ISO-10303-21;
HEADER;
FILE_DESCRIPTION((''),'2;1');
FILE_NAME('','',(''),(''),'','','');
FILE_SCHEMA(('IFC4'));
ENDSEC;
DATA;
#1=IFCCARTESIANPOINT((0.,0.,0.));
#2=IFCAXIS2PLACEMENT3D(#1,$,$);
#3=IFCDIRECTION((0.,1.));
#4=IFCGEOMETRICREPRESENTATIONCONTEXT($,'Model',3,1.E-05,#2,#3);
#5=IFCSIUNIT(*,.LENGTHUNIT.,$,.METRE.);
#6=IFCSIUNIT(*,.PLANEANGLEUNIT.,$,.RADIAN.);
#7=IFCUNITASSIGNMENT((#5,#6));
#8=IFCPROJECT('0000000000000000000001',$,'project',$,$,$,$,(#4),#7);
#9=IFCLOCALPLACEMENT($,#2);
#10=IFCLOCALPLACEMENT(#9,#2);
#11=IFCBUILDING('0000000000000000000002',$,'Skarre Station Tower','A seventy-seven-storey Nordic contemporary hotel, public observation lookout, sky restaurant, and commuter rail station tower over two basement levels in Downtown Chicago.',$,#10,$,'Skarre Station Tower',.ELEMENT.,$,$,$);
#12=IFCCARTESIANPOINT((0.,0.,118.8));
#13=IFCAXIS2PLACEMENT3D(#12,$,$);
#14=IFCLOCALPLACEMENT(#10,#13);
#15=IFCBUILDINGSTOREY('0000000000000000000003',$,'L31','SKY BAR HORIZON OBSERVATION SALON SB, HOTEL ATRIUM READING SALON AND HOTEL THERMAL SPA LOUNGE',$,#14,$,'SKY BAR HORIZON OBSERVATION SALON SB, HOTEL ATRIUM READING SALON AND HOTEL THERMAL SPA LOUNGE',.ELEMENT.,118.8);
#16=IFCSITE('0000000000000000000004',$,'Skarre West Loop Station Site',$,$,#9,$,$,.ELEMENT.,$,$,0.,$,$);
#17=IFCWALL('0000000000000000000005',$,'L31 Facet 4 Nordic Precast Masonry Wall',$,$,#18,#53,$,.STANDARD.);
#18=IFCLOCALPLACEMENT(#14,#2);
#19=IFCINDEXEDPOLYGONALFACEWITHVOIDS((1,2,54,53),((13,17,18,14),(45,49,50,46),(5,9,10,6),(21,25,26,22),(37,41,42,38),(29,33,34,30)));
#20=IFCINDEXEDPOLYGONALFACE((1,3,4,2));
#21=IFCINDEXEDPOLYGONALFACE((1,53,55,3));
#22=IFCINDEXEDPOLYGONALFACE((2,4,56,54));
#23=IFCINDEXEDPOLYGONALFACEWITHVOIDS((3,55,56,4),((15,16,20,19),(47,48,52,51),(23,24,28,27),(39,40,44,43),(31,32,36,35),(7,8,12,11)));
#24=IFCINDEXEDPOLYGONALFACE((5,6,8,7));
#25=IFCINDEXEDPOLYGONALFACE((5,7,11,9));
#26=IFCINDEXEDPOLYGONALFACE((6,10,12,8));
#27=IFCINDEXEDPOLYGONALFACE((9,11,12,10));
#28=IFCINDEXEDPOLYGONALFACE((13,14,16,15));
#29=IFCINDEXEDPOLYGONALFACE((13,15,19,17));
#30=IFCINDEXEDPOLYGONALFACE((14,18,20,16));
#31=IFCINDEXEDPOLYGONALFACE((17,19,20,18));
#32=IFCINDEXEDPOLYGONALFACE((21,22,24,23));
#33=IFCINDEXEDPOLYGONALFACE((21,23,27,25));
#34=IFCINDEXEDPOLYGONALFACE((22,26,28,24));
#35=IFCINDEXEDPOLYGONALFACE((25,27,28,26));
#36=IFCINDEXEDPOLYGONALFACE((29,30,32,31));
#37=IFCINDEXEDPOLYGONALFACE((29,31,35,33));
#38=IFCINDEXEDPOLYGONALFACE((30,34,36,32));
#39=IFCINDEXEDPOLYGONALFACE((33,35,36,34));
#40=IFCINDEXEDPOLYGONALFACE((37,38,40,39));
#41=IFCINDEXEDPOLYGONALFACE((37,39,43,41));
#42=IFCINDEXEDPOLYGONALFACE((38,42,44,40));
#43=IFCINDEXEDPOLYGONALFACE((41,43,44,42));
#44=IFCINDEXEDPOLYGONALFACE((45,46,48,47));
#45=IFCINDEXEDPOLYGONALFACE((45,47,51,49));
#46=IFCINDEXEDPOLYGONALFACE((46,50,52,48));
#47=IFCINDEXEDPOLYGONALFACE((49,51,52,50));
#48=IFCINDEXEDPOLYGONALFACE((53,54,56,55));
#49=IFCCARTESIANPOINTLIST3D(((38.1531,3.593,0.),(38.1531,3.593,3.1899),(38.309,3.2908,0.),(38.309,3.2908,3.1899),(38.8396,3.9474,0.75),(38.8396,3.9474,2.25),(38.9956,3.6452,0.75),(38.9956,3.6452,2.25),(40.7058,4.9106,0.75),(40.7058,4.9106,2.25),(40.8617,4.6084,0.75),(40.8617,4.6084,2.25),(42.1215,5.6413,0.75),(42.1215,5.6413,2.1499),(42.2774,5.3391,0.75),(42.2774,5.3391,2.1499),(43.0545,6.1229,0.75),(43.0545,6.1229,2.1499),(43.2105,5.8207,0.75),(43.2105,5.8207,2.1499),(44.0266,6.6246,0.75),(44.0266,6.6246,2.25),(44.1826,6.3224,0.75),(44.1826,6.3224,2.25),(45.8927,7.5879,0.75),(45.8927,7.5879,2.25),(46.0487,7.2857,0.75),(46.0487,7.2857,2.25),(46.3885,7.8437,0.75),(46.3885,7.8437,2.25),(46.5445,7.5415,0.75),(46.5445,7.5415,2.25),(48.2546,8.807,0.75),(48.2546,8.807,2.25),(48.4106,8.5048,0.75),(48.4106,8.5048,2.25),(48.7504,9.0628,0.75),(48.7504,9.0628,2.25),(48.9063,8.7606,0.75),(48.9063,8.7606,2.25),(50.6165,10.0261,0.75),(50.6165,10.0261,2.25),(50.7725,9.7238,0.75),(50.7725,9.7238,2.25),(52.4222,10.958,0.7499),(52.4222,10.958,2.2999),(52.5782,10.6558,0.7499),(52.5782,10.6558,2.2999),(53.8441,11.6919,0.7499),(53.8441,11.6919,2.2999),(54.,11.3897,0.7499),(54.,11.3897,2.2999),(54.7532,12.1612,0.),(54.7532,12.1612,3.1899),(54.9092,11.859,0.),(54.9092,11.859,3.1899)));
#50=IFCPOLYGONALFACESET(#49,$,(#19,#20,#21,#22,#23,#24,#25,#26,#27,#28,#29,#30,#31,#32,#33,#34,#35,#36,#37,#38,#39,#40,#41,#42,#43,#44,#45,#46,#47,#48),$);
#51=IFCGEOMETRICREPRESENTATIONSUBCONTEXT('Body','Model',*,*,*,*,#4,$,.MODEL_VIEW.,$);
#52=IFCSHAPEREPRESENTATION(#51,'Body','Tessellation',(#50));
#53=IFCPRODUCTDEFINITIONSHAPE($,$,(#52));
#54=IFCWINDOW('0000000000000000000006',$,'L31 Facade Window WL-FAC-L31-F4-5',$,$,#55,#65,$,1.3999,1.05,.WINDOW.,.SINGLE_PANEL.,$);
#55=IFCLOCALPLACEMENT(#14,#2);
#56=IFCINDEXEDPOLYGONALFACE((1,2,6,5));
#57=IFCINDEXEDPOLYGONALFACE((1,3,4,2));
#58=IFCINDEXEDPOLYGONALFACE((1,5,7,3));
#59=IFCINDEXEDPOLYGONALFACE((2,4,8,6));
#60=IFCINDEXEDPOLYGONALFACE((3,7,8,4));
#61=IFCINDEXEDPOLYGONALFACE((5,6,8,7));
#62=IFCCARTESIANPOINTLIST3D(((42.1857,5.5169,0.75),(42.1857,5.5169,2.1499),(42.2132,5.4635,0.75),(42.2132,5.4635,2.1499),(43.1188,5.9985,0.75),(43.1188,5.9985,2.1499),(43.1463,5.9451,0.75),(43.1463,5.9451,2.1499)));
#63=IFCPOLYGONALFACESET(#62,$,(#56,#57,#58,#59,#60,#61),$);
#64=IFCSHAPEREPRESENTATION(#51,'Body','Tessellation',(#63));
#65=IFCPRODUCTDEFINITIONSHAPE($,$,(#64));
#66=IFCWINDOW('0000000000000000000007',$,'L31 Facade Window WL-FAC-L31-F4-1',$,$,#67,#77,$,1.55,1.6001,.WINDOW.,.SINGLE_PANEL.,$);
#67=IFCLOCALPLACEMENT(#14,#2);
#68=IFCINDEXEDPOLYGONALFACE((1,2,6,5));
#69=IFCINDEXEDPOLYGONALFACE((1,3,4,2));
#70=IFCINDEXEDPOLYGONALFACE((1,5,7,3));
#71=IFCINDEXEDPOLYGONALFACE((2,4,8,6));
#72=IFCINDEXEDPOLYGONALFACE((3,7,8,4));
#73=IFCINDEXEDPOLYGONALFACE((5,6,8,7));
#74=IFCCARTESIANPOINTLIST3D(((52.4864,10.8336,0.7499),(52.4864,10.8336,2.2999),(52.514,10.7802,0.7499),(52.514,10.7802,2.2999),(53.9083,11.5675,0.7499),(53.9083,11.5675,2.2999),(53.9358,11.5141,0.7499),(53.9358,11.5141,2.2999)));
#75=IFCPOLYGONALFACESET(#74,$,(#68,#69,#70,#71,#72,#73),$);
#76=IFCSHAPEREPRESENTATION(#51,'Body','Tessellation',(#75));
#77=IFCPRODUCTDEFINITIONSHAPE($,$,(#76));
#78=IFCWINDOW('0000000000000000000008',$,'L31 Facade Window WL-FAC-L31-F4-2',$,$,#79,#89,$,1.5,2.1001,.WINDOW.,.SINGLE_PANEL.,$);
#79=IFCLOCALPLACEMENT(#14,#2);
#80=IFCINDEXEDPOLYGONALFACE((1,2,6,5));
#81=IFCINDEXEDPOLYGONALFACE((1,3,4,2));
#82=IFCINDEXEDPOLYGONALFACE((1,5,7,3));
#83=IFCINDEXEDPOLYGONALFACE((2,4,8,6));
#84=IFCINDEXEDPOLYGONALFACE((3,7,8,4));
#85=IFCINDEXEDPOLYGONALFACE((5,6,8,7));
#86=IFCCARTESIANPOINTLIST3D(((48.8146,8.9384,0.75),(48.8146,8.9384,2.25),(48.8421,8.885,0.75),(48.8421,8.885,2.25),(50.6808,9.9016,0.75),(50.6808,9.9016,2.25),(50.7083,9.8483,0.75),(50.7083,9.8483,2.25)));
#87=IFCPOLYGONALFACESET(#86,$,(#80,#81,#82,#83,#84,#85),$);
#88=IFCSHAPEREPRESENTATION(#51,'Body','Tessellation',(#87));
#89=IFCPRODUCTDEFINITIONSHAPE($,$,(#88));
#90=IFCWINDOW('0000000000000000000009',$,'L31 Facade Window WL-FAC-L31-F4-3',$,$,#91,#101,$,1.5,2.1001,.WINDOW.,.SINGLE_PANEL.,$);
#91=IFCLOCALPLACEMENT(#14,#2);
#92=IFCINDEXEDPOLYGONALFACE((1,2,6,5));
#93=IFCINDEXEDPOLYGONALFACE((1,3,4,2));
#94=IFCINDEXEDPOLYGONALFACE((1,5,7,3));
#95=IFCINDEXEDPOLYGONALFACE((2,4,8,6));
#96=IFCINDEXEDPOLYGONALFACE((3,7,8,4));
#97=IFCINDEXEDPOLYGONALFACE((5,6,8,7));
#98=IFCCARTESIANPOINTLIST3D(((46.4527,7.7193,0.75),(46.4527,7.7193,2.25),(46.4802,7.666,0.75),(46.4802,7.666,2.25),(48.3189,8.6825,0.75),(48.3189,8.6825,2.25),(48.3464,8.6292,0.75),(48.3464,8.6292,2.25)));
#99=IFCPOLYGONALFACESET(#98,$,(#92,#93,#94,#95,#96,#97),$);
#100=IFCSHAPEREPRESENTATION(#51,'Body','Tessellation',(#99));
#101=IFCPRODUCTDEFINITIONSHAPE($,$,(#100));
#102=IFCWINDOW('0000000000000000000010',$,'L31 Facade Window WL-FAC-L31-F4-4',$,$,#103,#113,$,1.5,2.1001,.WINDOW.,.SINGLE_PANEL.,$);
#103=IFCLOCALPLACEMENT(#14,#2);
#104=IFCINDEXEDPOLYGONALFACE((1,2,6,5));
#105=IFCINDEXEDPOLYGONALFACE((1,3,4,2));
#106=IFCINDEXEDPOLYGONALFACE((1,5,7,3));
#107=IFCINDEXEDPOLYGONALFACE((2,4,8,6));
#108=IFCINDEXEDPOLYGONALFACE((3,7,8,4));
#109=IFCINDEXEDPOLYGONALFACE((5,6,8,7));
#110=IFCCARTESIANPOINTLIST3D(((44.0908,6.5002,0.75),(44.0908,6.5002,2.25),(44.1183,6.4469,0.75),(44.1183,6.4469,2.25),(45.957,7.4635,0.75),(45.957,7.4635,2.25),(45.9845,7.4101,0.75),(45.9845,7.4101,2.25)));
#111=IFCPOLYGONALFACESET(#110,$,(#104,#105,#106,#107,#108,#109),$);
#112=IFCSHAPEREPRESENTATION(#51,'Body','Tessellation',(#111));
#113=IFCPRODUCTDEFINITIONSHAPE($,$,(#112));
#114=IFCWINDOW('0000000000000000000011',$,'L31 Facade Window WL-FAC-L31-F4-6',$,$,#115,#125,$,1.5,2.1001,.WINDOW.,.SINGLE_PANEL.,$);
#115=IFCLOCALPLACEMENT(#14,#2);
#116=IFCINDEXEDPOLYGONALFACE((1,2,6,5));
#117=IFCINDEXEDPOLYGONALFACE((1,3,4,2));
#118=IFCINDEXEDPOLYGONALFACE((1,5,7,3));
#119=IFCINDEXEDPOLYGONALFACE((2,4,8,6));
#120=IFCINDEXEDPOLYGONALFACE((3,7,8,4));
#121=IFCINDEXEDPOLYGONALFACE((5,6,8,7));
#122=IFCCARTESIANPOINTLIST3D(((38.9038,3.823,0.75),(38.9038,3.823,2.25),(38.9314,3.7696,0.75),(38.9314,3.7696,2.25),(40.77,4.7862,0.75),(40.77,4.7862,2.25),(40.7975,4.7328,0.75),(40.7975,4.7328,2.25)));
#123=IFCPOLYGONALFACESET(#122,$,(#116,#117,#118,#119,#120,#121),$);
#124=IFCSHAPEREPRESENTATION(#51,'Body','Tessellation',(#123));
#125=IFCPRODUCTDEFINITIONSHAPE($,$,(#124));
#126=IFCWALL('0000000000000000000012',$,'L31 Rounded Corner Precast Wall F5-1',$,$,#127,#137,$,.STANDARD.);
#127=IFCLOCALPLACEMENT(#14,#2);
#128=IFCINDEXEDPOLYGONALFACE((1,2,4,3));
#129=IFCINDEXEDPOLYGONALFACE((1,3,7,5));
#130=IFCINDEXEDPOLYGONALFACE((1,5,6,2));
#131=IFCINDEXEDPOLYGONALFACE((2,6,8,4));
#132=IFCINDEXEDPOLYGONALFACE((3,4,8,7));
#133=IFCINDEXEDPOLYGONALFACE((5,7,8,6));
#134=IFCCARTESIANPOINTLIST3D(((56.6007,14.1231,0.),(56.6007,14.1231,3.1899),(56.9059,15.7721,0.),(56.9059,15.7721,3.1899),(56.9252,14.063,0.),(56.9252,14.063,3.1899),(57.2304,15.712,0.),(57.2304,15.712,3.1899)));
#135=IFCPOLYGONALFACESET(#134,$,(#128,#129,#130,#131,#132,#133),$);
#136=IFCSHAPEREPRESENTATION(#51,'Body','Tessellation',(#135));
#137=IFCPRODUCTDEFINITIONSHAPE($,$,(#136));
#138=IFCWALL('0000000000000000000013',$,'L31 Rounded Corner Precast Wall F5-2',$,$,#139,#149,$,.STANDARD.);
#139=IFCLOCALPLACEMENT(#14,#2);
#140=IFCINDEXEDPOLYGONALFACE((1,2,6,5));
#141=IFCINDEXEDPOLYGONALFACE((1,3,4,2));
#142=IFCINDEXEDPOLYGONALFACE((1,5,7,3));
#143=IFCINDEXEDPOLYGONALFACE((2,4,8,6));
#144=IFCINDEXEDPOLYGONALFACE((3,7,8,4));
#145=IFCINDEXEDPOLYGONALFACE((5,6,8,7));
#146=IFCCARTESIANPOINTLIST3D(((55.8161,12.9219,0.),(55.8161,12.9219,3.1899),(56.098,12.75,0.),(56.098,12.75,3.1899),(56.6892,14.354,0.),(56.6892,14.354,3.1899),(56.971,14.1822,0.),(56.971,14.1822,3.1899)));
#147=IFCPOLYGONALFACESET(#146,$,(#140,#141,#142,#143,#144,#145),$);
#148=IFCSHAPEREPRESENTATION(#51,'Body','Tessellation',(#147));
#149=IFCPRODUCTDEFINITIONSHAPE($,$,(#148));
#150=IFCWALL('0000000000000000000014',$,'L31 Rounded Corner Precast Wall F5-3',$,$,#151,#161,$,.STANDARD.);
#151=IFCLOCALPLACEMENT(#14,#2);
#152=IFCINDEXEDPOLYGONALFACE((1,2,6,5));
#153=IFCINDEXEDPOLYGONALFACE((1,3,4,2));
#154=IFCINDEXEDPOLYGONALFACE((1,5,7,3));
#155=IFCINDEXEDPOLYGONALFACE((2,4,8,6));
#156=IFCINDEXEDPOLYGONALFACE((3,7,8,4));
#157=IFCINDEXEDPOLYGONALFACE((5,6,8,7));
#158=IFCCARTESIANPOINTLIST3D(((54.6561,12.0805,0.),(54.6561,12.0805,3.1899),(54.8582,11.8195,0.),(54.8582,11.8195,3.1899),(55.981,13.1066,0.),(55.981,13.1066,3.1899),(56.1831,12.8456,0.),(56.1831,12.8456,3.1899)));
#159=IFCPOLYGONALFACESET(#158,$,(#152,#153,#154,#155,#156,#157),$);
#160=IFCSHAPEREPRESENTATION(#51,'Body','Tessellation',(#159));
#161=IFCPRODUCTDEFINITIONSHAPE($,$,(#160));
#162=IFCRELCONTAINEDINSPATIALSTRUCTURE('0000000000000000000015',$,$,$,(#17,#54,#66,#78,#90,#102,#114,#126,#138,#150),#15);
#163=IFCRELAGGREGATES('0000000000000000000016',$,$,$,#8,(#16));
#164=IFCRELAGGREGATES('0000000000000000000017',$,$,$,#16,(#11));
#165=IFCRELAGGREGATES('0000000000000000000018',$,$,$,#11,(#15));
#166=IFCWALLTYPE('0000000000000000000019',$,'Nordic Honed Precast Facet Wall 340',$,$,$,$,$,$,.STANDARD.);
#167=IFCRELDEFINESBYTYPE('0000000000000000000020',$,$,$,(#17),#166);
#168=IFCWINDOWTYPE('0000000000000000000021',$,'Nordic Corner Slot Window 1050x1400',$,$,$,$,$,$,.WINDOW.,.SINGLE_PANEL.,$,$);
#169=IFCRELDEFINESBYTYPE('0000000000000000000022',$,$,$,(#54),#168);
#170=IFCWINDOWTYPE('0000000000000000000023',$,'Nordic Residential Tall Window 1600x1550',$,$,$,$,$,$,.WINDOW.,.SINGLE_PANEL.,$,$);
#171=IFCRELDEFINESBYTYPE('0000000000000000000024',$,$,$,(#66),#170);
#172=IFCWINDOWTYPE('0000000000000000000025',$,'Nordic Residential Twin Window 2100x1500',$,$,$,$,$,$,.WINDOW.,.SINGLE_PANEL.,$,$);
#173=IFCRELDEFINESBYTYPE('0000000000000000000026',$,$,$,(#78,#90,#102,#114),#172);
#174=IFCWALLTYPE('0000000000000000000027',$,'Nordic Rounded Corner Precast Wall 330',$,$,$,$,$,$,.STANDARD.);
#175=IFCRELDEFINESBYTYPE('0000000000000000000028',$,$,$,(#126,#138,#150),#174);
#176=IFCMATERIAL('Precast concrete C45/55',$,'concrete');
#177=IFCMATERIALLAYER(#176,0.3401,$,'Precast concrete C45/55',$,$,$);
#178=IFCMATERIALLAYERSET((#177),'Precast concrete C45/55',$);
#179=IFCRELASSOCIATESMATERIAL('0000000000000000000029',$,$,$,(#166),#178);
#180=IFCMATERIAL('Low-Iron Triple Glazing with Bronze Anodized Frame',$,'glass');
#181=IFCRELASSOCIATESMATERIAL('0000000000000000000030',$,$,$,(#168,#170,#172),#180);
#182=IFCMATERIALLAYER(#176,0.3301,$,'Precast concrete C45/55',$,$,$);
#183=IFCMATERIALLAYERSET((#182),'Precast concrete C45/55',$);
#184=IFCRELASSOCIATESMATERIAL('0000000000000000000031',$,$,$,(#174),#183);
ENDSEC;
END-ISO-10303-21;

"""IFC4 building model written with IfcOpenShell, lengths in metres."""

from ifc_helpers import new_model, si_unit, direction, frame, frame_2d, origin, place, context, subcontext, project, spatial, rectangle, extrude, material, layer, layer_set, type_object, element, fill, save


model = new_model("IFC4")

# Units and contexts
model_context = context("Model", 3, precision=1e-05, world=origin(), true_north=direction((0.0, 1.0)))
body_context = subcontext(model_context, "Body", "Model", "MODEL_VIEW")
ifc_project = project(units=[si_unit("LENGTHUNIT", "METRE"), si_unit("PLANEANGLEUNIT", "RADIAN")], contexts=[model_context])

# Site, building, storey
site_placement = place(None, origin())
site = spatial("IfcSite", under=ifc_project, at=site_placement, Name="Skarre West Loop Station Site", CompositionType="ELEMENT", RefElevation=0.0)
building_placement = place(site_placement, origin())
building = spatial("IfcBuilding", under=site, at=building_placement, Name="Skarre Station Tower", Description="A seventy-seven-storey Nordic contemporary hotel, public observation lookout, sky restaurant, and commuter rail station tower over two basement levels in Downtown Chicago.", LongName="Skarre Station Tower", CompositionType="ELEMENT")
storey_placement = place(building_placement, frame((0.0, 0.0, 118.8)))
storey = spatial("IfcBuildingStorey", under=building, at=storey_placement, Name="L31", Description="SKY BAR HORIZON OBSERVATION SALON SB, HOTEL ATRIUM READING SALON AND HOTEL THERMAL SPA LOUNGE", LongName="SKY BAR HORIZON OBSERVATION SALON SB, HOTEL ATRIUM READING SALON AND HOTEL THERMAL SPA LOUNGE", CompositionType="ELEMENT", Elevation=118.8)

# Wall, openings, windows
ifc_material_1 = material(Name="Precast concrete C45/55", Category="concrete")
ifc_layer_1 = layer(ifc_material_1, 0.3401, Name="Precast concrete C45/55")
ifc_layer_set_1 = layer_set([ifc_layer_1], Name="Precast concrete C45/55")
wall_type_1 = type_object("IfcWallType", Name="Nordic Honed Precast Facet Wall 340", PredefinedType="STANDARD", material=ifc_layer_set_1)
wall_1_placement = place(storey_placement, frame((54.8311, 12.01, 0.0), z_axis=(0.0, 0.0, 1.0), x_axis=(-0.888614, -0.458657, 0.0)))
wall_1 = element("IfcWall", 1, at=wall_1_placement, inside=storey, type_object=wall_type_1, Name="L31 Facet 4 Nordic Precast Masonry Wall", PredefinedType="STANDARD", context=body_context, shape_type="SweptSolid", body=[
    extrude(rectangle(XDim=18.6809, YDim=0.3401, at=frame_2d((9.3403, 0.0))), origin(), (0.0, 0.0, 1.0), 3.1899),
])
opening_1_placement = place(wall_1_placement, frame((1.0229, 0.0, 0.75)))
opening_1 = element("IfcOpeningElement", 2, at=opening_1_placement, cuts=wall_1, PredefinedType="OPENING", context=body_context, shape_type="SweptSolid", body=[
    extrude(rectangle(XDim=1.6001, YDim=1.55, at=frame_2d((0.8, 0.7749))), frame((0.0, 0.1799, 0.0), z_axis=(0.0, -1.0, 0.0), x_axis=(1.0, 0.0, 0.0)), (0.0, 0.0, 1.0), 0.3601),
])
opening_2_placement = place(wall_1_placement, frame((4.655, 0.0, 0.75)))
opening_2 = element("IfcOpeningElement", 3, at=opening_2_placement, cuts=wall_1, PredefinedType="OPENING", context=body_context, shape_type="SweptSolid", body=[
    extrude(rectangle(XDim=2.1001, YDim=1.5, at=frame_2d((1.05, 0.75))), frame((0.0, 0.1799, 0.0), z_axis=(0.0, -1.0, 0.0), x_axis=(1.0, 0.0, 0.0)), (0.0, 0.0, 1.0), 0.3601),
])
opening_3_placement = place(wall_1_placement, frame((7.313, 0.0, 0.75)))
opening_3 = element("IfcOpeningElement", 4, at=opening_3_placement, cuts=wall_1, PredefinedType="OPENING", context=body_context, shape_type="SweptSolid", body=[
    extrude(rectangle(XDim=2.1001, YDim=1.5, at=frame_2d((1.05, 0.75))), frame((0.0, 0.1799, 0.0), z_axis=(0.0, -1.0, 0.0), x_axis=(1.0, 0.0, 0.0)), (0.0, 0.0, 1.0), 0.3601),
])
opening_4_placement = place(wall_1_placement, frame((9.9709, 0.0, 0.75)))
opening_4 = element("IfcOpeningElement", 5, at=opening_4_placement, cuts=wall_1, PredefinedType="OPENING", context=body_context, shape_type="SweptSolid", body=[
    extrude(rectangle(XDim=2.1001, YDim=1.5, at=frame_2d((1.05, 0.75))), frame((0.0, 0.1799, 0.0), z_axis=(0.0, -1.0, 0.0), x_axis=(1.0, 0.0, 0.0)), (0.0, 0.0, 1.0), 0.3601),
])
opening_5_placement = place(wall_1_placement, frame((13.165, 0.0, 0.75)))
opening_5 = element("IfcOpeningElement", 6, at=opening_5_placement, cuts=wall_1, PredefinedType="OPENING", context=body_context, shape_type="SweptSolid", body=[
    extrude(rectangle(XDim=1.05, YDim=1.3999, at=frame_2d((0.5249, 0.7))), frame((0.0, 0.1799, 0.0), z_axis=(0.0, -1.0, 0.0), x_axis=(1.0, 0.0, 0.0)), (0.0, 0.0, 1.0), 0.3601),
])
opening_6_placement = place(wall_1_placement, frame((15.8081, 0.0, 0.75)))
opening_6 = element("IfcOpeningElement", 7, at=opening_6_placement, cuts=wall_1, PredefinedType="OPENING", context=body_context, shape_type="SweptSolid", body=[
    extrude(rectangle(XDim=2.1001, YDim=1.5, at=frame_2d((1.05, 0.75))), frame((0.0, 0.1799, 0.0), z_axis=(0.0, -1.0, 0.0), x_axis=(1.0, 0.0, 0.0)), (0.0, 0.0, 1.0), 0.3601),
])
ifc_material_2 = material(Name="Low-Iron Triple Glazing with Bronze Anodized Frame", Category="glass")
window_type_1 = type_object("IfcWindowType", Name="Nordic Corner Slot Window 1050x1400", PartitioningType="SINGLE_PANEL", PredefinedType="WINDOW", material=ifc_material_2)
window_1_placement = place(opening_5_placement, origin())
window_1 = element("IfcWindow", 8, at=window_1_placement, inside=storey, type_object=window_type_1, Name="L31 Facade Window WL-FAC-L31-F4-5", OverallHeight=1.3999, OverallWidth=1.05, PartitioningType="SINGLE_PANEL", PredefinedType="WINDOW", context=body_context, shape_type="SweptSolid", body=[
    extrude(rectangle(XDim=1.05, YDim=1.3999, at=frame_2d((0.5249, 0.7))), frame((0.0, 0.03, 0.0), z_axis=(0.0, -1.0, 0.0), x_axis=(1.0, 0.0, 0.0)), (0.0, 0.0, 1.0), 0.0601),
])
fill(opening_5, window_1)
window_type_2 = type_object("IfcWindowType", Name="Nordic Residential Tall Window 1600x1550", PartitioningType="SINGLE_PANEL", PredefinedType="WINDOW", material=ifc_material_2)
window_2_placement = place(opening_1_placement, origin())
window_2 = element("IfcWindow", 9, at=window_2_placement, inside=storey, type_object=window_type_2, Name="L31 Facade Window WL-FAC-L31-F4-1", OverallHeight=1.55, OverallWidth=1.6001, PartitioningType="SINGLE_PANEL", PredefinedType="WINDOW", context=body_context, shape_type="SweptSolid", body=[
    extrude(rectangle(XDim=1.6001, YDim=1.55, at=frame_2d((0.8, 0.7749))), frame((0.0, 0.03, 0.0), z_axis=(0.0, -1.0, 0.0), x_axis=(1.0, 0.0, 0.0)), (0.0, 0.0, 1.0), 0.0601),
])
fill(opening_1, window_2)
window_type_3 = type_object("IfcWindowType", Name="Nordic Residential Twin Window 2100x1500", PartitioningType="SINGLE_PANEL", PredefinedType="WINDOW", material=ifc_material_2)
window_3_placement = place(opening_2_placement, origin())
window_3 = element("IfcWindow", 10, at=window_3_placement, inside=storey, type_object=window_type_3, Name="L31 Facade Window WL-FAC-L31-F4-2", OverallHeight=1.5, OverallWidth=2.1001, PartitioningType="SINGLE_PANEL", PredefinedType="WINDOW", context=body_context, shape_type="SweptSolid", body=[
    extrude(rectangle(XDim=2.1001, YDim=1.5, at=frame_2d((1.05, 0.75))), frame((0.0, 0.03, 0.0), z_axis=(0.0, -1.0, 0.0), x_axis=(1.0, 0.0, 0.0)), (0.0, 0.0, 1.0), 0.0601),
])
fill(opening_2, window_3)
window_4_placement = place(opening_3_placement, origin())
window_4 = element("IfcWindow", 11, at=window_4_placement, inside=storey, type_object=window_type_3, Name="L31 Facade Window WL-FAC-L31-F4-3", OverallHeight=1.5, OverallWidth=2.1001, PartitioningType="SINGLE_PANEL", PredefinedType="WINDOW", context=body_context, shape_type="SweptSolid", body=[
    extrude(rectangle(XDim=2.1001, YDim=1.5, at=frame_2d((1.05, 0.75))), frame((0.0, 0.03, 0.0), z_axis=(0.0, -1.0, 0.0), x_axis=(1.0, 0.0, 0.0)), (0.0, 0.0, 1.0), 0.0601),
])
fill(opening_3, window_4)
window_5_placement = place(opening_4_placement, origin())
window_5 = element("IfcWindow", 12, at=window_5_placement, inside=storey, type_object=window_type_3, Name="L31 Facade Window WL-FAC-L31-F4-4", OverallHeight=1.5, OverallWidth=2.1001, PartitioningType="SINGLE_PANEL", PredefinedType="WINDOW", context=body_context, shape_type="SweptSolid", body=[
    extrude(rectangle(XDim=2.1001, YDim=1.5, at=frame_2d((1.05, 0.75))), frame((0.0, 0.03, 0.0), z_axis=(0.0, -1.0, 0.0), x_axis=(1.0, 0.0, 0.0)), (0.0, 0.0, 1.0), 0.0601),
])
fill(opening_4, window_5)
window_6_placement = place(opening_6_placement, origin())
window_6 = element("IfcWindow", 13, at=window_6_placement, inside=storey, type_object=window_type_3, Name="L31 Facade Window WL-FAC-L31-F4-6", OverallHeight=1.5, OverallWidth=2.1001, PartitioningType="SINGLE_PANEL", PredefinedType="WINDOW", context=body_context, shape_type="SweptSolid", body=[
    extrude(rectangle(XDim=2.1001, YDim=1.5, at=frame_2d((1.05, 0.75))), frame((0.0, 0.03, 0.0), z_axis=(0.0, -1.0, 0.0), x_axis=(1.0, 0.0, 0.0)), (0.0, 0.0, 1.0), 0.0601),
])
fill(opening_6, window_6)

# Walls
ifc_layer_2 = layer(ifc_material_1, 0.3301, Name="Precast concrete C45/55")
ifc_layer_set_2 = layer_set([ifc_layer_2], Name="Precast concrete C45/55")
wall_type_2 = type_object("IfcWallType", Name="Nordic Rounded Corner Precast Wall 330", PredefinedType="STANDARD", material=ifc_layer_set_2)
wall_2_placement = place(storey_placement, frame((57.0681, 15.7419, 0.0), z_axis=(0.0, 0.0, 1.0), x_axis=(-0.181985, -0.983301, 0.0)))
element("IfcWall", 14, at=wall_2_placement, inside=storey, type_object=wall_type_2, Name="L31 Rounded Corner Precast Wall F5-1", PredefinedType="STANDARD", context=body_context, shape_type="SweptSolid", body=[
    extrude(rectangle(XDim=1.677, YDim=0.3301, at=frame_2d((0.8384, 0.0))), origin(), (0.0, 0.0, 1.0), 3.1899),
])
wall_3_placement = place(storey_placement, frame((56.8301, 14.2681, 0.0), z_axis=(0.0, 0.0, 1.0), x_axis=(-0.520519, -0.85385, 0.0)))
element("IfcWall", 15, at=wall_3_placement, inside=storey, type_object=wall_type_2, Name="L31 Rounded Corner Precast Wall F5-2", PredefinedType="STANDARD", context=body_context, shape_type="SweptSolid", body=[
    extrude(rectangle(XDim=1.6772, YDim=0.3301, at=frame_2d((0.8386, 0.0))), origin(), (0.0, 0.0, 1.0), 3.1899),
])
wall_4_placement = place(storey_placement, frame((56.082, 12.9761, 0.0), z_axis=(0.0, 0.0, 1.0), x_axis=(-0.790621, -0.612305, 0.0)))
element("IfcWall", 16, at=wall_4_placement, inside=storey, type_object=wall_type_2, Name="L31 Rounded Corner Precast Wall F5-3", PredefinedType="STANDARD", context=body_context, shape_type="SweptSolid", body=[
    extrude(rectangle(XDim=1.6758, YDim=0.3301, at=frame_2d((0.8379, 0.0))), origin(), (0.0, 0.0, 1.0), 3.1899),
])

save(model, "model.ifc")
